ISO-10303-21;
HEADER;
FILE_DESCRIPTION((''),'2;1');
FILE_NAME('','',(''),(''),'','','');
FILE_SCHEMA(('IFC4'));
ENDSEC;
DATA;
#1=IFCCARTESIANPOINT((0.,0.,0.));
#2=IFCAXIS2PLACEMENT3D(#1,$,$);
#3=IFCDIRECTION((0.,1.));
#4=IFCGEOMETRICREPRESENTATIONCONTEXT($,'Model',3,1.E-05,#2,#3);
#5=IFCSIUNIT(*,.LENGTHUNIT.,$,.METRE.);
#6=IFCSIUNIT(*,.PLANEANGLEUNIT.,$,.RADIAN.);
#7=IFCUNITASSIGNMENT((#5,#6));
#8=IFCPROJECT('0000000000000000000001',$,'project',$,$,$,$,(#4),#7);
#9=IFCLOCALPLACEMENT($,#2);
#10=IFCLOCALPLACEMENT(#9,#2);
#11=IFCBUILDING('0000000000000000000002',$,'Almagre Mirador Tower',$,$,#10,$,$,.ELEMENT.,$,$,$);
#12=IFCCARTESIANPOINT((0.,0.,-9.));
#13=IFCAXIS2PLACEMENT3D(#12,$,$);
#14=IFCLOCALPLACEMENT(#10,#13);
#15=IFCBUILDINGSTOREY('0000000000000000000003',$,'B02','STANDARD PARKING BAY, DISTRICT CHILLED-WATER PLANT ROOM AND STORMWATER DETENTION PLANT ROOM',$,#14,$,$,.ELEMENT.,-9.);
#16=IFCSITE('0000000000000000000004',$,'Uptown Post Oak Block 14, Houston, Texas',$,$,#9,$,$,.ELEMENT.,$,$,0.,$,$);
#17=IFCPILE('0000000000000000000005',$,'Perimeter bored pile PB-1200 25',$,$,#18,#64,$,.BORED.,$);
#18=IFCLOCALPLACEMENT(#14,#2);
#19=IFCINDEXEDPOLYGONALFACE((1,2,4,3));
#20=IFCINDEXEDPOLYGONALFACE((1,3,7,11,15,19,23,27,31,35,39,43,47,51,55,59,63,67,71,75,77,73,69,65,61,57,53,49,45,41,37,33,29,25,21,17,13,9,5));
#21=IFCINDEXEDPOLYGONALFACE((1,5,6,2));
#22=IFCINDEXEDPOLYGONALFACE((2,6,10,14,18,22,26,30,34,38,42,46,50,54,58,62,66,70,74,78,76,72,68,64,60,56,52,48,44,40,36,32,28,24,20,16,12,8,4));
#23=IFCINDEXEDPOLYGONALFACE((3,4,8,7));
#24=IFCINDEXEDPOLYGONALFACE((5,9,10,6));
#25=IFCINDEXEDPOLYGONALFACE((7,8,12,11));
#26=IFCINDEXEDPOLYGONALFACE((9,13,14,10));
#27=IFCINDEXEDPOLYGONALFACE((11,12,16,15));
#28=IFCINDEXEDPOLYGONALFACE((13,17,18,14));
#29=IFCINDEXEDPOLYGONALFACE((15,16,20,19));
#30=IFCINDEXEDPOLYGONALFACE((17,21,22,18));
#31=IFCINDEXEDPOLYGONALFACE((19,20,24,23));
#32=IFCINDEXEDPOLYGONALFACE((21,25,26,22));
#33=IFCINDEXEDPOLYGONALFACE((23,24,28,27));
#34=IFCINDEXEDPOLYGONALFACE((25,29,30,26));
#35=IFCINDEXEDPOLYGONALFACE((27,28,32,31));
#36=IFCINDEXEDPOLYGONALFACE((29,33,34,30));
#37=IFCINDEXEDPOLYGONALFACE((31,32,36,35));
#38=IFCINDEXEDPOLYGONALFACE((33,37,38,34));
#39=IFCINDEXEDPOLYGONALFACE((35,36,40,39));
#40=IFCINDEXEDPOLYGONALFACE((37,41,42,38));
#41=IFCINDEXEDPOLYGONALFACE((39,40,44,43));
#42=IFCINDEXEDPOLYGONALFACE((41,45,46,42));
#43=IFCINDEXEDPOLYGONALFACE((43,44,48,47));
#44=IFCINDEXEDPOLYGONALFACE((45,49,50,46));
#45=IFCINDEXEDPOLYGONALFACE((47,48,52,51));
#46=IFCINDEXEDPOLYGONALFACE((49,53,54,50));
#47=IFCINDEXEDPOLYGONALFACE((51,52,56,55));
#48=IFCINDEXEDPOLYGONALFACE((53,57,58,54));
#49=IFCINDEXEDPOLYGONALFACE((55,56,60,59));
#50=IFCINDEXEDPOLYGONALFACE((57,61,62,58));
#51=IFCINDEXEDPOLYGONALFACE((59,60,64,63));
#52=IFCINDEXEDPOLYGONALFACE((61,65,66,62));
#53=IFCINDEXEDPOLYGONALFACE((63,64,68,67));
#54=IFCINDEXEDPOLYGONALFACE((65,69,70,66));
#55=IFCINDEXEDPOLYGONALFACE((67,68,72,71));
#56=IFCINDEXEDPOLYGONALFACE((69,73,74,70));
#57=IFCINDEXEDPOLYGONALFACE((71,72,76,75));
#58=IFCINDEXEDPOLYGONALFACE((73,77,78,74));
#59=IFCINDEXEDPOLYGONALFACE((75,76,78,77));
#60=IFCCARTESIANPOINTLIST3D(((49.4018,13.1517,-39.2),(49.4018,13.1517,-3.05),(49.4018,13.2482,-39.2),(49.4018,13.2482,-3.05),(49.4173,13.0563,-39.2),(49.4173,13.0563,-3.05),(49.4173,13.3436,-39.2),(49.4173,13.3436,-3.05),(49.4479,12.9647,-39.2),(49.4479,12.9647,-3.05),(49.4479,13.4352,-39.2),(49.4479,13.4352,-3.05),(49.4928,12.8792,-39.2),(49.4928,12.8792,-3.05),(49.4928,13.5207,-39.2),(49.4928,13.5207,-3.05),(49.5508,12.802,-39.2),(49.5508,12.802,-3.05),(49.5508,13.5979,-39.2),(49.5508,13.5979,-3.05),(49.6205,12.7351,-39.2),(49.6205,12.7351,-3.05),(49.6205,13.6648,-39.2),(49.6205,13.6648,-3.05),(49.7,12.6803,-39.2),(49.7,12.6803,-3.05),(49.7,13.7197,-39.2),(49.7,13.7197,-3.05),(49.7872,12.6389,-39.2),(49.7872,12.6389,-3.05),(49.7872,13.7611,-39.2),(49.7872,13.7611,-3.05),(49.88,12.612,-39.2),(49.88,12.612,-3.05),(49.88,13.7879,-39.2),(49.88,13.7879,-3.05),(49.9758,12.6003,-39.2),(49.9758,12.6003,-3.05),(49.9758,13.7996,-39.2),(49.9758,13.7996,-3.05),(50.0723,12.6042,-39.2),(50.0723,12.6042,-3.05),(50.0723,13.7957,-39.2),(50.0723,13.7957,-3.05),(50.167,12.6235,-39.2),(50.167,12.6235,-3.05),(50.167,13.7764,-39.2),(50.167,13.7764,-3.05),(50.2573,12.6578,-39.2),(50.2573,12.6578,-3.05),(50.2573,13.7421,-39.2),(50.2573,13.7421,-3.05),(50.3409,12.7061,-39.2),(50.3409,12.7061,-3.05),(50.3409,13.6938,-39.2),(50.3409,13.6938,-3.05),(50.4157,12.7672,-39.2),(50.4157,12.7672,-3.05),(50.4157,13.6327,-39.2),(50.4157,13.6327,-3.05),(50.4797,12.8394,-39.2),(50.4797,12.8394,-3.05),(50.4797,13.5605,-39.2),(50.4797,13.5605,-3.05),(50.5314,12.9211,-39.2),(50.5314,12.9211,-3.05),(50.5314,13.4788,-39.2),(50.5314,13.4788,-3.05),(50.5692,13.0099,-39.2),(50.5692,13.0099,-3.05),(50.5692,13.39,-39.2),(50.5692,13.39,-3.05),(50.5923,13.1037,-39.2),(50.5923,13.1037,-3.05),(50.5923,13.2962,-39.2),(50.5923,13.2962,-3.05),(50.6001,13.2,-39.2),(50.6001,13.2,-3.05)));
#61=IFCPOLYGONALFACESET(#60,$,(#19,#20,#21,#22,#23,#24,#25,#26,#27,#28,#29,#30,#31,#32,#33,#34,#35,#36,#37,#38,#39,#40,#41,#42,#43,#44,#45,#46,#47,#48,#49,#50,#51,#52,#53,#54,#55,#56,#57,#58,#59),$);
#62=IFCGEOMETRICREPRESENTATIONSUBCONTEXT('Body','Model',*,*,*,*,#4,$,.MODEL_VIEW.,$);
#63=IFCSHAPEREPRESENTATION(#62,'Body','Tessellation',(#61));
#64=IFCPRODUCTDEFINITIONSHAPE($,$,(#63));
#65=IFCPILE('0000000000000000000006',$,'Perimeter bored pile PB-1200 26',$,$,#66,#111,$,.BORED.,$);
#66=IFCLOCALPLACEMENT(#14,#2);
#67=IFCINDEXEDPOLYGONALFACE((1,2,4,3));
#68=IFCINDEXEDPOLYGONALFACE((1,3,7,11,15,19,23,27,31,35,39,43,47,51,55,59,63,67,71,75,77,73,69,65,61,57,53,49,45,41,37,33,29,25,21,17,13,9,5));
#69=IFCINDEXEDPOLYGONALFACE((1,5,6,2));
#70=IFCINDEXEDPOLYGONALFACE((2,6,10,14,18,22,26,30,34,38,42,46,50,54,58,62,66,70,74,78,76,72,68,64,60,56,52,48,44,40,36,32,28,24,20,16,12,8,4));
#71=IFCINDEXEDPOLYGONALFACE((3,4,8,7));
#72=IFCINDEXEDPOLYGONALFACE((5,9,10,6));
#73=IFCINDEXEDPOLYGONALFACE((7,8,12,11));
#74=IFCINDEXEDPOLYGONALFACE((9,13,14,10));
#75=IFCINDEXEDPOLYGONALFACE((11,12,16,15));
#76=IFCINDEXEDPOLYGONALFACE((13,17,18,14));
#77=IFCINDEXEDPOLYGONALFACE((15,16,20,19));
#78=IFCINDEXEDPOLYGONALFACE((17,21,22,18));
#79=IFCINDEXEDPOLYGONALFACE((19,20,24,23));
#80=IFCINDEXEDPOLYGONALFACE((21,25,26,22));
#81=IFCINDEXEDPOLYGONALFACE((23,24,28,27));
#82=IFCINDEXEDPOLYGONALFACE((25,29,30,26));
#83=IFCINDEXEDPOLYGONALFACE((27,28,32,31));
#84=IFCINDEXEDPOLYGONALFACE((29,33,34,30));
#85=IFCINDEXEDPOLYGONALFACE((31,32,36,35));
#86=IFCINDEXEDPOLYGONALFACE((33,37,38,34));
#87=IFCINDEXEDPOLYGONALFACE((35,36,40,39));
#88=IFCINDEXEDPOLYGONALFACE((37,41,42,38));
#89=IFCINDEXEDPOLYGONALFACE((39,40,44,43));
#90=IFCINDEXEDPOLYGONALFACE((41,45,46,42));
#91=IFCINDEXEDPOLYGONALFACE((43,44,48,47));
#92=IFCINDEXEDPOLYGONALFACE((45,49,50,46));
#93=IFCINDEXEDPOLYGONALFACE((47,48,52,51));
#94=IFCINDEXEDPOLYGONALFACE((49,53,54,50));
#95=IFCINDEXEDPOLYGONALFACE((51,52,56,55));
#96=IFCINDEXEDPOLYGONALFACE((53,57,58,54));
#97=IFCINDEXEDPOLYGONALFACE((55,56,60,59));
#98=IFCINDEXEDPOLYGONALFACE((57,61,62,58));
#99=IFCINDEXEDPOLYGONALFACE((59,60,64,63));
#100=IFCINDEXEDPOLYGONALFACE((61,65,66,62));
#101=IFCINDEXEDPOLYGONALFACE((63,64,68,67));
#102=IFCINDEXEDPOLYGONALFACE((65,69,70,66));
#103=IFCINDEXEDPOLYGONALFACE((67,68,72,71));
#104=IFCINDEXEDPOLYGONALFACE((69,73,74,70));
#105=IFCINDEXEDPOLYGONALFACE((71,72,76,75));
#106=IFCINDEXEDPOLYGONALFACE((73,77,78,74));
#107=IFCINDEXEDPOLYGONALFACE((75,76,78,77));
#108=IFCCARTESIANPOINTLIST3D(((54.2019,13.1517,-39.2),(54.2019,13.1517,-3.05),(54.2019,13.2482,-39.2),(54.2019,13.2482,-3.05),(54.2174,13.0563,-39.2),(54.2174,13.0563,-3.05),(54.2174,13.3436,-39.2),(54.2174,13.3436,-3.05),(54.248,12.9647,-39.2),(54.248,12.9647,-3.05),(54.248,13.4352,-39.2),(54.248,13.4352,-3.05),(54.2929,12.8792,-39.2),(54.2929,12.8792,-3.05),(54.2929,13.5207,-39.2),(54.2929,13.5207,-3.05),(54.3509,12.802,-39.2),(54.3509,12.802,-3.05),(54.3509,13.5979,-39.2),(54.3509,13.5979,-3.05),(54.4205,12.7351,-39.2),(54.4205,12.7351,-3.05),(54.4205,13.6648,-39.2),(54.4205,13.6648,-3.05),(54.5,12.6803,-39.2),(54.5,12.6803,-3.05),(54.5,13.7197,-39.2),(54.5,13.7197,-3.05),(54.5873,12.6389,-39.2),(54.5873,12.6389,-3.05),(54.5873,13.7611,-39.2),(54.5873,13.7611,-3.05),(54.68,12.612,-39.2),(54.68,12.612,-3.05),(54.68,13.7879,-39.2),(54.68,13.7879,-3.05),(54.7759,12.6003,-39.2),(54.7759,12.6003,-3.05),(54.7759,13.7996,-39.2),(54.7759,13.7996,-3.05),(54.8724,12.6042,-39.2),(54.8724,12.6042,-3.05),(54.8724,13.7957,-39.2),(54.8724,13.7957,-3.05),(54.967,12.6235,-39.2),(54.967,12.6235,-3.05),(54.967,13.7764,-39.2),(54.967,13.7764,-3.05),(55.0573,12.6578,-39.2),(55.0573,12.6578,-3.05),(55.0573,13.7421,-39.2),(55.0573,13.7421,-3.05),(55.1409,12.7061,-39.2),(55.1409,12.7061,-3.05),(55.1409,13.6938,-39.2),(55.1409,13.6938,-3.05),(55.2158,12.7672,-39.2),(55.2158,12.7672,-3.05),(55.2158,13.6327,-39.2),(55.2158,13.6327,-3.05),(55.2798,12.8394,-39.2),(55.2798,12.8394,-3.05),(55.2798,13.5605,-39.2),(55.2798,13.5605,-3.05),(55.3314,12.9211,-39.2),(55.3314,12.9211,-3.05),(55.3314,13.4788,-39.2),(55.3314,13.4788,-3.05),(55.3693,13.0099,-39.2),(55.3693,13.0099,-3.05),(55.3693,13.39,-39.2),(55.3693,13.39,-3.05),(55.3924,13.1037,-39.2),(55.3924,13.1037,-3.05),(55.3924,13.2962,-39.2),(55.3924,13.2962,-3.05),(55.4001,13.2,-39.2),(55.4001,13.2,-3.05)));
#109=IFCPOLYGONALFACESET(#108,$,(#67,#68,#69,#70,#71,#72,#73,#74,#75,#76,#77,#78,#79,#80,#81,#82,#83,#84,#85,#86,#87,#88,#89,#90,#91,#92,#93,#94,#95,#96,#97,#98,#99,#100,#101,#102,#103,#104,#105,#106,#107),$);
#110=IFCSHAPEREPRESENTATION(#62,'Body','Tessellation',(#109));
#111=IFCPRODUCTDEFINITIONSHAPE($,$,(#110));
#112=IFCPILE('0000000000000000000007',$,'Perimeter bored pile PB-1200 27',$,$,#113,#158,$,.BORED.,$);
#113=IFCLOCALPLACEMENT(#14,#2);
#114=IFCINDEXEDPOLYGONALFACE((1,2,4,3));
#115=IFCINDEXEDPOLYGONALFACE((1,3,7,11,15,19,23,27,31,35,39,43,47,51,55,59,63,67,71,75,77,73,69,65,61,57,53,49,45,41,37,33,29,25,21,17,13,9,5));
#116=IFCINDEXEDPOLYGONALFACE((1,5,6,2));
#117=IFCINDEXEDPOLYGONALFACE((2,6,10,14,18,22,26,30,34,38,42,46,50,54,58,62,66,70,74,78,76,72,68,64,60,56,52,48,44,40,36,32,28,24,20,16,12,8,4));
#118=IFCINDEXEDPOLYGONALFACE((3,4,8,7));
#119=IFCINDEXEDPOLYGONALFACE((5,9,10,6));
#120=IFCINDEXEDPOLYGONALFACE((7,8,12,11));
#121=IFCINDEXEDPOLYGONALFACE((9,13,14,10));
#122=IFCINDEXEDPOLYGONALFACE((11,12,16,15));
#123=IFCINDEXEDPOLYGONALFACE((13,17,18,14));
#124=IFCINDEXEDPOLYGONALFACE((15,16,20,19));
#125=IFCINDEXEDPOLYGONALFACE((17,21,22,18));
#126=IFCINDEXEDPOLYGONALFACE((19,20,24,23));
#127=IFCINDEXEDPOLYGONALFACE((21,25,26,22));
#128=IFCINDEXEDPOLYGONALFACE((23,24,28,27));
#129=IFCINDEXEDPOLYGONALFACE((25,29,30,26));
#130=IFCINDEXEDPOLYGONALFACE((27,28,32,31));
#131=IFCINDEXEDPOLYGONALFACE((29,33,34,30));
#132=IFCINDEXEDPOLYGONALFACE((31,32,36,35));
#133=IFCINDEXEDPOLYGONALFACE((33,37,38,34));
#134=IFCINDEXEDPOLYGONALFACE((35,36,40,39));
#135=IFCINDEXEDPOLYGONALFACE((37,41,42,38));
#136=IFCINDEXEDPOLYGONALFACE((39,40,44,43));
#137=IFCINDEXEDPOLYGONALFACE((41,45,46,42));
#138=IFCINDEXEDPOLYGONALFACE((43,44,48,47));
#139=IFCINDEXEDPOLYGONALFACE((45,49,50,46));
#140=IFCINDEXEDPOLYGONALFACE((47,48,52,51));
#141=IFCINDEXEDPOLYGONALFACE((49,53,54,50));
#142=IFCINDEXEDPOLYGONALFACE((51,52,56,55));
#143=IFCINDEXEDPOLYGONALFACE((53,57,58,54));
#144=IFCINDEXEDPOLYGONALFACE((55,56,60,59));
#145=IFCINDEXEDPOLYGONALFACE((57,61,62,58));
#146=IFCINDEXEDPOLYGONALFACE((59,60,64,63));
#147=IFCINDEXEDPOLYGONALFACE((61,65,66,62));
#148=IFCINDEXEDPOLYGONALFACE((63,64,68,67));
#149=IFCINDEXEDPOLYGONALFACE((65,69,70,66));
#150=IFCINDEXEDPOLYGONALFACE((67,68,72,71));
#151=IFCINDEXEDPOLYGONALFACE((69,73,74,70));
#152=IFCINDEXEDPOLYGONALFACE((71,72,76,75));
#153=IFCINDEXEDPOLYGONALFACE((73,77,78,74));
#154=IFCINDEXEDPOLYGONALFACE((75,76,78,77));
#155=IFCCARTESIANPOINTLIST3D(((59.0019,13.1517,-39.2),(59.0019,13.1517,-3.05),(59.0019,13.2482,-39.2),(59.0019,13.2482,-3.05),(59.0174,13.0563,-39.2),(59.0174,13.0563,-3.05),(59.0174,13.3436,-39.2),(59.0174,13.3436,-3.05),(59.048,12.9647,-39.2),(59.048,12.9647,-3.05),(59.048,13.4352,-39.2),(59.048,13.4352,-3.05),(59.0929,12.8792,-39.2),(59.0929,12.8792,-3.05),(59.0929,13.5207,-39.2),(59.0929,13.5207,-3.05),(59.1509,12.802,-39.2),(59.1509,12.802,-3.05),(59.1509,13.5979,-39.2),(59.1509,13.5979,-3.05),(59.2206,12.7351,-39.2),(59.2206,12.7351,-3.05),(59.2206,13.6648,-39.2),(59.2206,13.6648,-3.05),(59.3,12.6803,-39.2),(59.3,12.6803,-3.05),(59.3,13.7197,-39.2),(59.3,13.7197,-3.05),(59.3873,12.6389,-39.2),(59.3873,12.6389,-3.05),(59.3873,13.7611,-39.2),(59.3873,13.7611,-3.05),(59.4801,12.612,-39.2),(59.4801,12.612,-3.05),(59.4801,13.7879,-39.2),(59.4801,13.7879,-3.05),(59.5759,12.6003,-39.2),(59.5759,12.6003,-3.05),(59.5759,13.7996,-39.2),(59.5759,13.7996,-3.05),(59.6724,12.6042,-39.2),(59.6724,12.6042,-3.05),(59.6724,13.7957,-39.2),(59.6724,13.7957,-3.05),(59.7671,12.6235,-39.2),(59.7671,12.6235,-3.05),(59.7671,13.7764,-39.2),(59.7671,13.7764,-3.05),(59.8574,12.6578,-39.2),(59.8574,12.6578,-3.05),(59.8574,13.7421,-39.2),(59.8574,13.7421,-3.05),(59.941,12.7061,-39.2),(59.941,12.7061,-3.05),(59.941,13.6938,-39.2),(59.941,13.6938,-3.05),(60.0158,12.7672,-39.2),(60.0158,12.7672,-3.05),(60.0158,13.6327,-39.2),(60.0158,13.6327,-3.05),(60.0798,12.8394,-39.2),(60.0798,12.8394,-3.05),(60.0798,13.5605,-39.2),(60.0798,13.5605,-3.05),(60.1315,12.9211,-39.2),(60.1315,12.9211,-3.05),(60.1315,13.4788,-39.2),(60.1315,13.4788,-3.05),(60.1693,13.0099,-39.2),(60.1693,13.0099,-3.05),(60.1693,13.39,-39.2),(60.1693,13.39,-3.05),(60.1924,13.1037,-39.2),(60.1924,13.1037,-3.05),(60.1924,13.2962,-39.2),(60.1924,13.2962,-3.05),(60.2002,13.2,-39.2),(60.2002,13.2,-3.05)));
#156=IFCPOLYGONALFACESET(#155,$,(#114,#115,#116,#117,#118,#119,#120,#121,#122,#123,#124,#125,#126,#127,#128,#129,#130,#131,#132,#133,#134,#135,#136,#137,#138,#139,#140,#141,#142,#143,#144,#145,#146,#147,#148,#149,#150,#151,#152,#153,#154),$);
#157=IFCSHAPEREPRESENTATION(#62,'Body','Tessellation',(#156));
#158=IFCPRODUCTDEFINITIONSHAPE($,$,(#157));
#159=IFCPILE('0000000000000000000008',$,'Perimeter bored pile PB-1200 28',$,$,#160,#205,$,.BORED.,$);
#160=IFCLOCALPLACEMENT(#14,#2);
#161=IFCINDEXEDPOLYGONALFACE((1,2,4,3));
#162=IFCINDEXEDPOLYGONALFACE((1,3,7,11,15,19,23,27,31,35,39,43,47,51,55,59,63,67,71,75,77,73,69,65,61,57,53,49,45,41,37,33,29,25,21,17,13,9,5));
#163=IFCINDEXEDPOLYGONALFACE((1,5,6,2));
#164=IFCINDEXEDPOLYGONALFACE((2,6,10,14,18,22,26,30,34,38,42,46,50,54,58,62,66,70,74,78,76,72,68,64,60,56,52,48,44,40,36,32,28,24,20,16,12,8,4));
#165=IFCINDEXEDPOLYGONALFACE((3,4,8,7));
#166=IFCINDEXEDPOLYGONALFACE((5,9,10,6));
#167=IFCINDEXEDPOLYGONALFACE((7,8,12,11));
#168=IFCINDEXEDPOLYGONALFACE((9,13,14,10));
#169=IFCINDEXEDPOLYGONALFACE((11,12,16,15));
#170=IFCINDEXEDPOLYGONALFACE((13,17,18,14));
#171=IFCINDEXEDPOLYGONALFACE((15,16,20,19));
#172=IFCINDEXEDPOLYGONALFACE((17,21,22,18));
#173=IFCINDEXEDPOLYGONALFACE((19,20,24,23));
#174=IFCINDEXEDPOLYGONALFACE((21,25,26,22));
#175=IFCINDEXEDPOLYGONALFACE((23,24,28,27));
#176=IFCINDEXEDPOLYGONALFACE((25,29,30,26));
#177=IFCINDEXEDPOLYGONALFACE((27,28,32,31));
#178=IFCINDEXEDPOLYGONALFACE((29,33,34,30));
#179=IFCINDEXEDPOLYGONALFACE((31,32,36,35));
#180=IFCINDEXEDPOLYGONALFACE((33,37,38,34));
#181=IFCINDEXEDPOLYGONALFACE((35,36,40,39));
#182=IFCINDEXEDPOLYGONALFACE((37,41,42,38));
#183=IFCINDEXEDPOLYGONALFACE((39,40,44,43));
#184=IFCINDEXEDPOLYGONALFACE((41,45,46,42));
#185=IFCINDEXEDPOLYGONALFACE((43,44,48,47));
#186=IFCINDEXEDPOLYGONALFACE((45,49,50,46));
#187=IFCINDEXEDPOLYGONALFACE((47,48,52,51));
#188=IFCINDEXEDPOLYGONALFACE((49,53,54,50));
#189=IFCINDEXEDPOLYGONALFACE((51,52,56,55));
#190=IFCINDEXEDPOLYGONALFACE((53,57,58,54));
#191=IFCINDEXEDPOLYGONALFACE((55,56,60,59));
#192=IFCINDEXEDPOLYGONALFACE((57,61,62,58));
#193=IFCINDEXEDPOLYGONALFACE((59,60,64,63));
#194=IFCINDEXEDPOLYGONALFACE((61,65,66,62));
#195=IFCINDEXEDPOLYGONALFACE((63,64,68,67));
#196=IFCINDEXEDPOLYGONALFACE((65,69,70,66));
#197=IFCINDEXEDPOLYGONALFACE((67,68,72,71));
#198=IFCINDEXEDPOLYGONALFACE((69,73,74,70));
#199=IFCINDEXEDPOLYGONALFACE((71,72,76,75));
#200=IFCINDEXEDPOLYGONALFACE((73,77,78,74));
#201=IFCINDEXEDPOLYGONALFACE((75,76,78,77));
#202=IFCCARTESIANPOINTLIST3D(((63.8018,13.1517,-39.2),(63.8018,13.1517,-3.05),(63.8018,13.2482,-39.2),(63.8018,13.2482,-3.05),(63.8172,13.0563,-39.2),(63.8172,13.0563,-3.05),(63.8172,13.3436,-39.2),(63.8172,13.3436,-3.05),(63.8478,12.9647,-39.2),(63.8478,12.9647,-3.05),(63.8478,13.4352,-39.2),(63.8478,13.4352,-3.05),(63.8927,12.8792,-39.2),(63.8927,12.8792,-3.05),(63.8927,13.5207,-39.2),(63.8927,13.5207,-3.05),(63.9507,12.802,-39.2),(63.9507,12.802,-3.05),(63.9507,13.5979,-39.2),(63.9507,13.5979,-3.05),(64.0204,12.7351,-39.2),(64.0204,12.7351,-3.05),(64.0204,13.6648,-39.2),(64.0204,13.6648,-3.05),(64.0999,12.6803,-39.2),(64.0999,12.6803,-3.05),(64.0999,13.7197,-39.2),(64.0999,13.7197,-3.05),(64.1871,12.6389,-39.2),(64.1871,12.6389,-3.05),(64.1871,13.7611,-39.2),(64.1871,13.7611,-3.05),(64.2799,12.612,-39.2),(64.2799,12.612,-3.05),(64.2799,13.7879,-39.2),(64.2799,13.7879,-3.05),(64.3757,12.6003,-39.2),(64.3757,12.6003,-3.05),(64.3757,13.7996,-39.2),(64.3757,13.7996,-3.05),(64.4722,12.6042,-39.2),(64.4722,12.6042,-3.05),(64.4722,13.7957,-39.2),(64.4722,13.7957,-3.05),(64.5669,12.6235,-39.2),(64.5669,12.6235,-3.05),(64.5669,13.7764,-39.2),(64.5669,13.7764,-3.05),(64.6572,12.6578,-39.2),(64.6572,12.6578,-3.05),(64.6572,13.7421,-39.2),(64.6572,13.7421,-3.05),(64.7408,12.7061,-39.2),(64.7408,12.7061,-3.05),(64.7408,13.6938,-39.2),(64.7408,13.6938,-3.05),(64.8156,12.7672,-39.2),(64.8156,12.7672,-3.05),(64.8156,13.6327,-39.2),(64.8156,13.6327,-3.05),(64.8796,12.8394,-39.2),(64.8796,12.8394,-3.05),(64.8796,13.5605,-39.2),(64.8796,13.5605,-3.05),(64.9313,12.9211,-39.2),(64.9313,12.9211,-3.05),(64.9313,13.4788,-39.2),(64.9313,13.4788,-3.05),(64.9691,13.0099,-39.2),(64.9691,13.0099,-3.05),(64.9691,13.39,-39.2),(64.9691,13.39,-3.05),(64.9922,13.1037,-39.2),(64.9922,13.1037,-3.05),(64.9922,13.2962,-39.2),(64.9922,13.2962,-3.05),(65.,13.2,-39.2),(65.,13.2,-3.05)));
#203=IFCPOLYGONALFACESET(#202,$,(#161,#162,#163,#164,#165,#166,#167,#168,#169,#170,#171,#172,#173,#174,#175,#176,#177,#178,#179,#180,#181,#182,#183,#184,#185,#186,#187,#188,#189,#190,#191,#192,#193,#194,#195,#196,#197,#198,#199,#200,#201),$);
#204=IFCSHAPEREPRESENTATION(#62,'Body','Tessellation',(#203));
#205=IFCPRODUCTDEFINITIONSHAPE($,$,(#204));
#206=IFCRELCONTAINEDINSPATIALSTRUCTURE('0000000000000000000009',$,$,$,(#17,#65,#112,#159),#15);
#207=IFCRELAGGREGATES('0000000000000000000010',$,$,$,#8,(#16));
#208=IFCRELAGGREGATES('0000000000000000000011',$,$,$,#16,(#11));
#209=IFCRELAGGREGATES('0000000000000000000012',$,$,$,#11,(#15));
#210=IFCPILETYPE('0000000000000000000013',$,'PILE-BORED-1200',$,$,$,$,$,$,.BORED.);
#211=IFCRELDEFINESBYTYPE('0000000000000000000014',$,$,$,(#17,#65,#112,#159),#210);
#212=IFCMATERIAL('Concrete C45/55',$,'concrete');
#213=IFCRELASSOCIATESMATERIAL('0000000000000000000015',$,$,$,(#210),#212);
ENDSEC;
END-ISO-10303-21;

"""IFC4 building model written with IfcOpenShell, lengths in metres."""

from ifc_helpers import new_model, si_unit, direction, frame, origin, origin_2d, place, context, subcontext, project, spatial, circle, extrude, material, material_profile, profile_set, type_object, element, save


model = new_model("IFC4")

# Units and contexts
model_context = context("Model", 3, precision=1e-05, world=origin(), true_north=direction((0.0, 1.0)))
body_context = subcontext(model_context, "Body", "Model", "MODEL_VIEW")
ifc_project = project(units=[si_unit("LENGTHUNIT", "METRE"), si_unit("PLANEANGLEUNIT", "RADIAN")], contexts=[model_context])

# Site, building, storey
site_placement = place(None, origin())
site = spatial("IfcSite", under=ifc_project, at=site_placement, Name="Uptown Post Oak Block 14, Houston, Texas", CompositionType="ELEMENT", RefElevation=0.0)
building_placement = place(site_placement, origin())
building = spatial("IfcBuilding", under=site, at=building_placement, Name="Almagre Mirador Tower", CompositionType="ELEMENT")
storey_placement = place(building_placement, frame((0.0, 0.0, -9.0)))
storey = spatial("IfcBuildingStorey", under=building, at=storey_placement, Name="B02", Description="STANDARD PARKING BAY, DISTRICT CHILLED-WATER PLANT ROOM AND STORMWATER DETENTION PLANT ROOM", CompositionType="ELEMENT", Elevation=-9.0)

# Piles
ifc_material_1 = material(Name="Concrete C45/55", Category="concrete")
ifc_material_profile_1 = material_profile(ifc_material_1, circle(Radius=0.6001, at=origin_2d()), Name="PILE1200D")
ifc_profile_set_1 = profile_set([ifc_material_profile_1], Name="Concrete C45/55")
pile_type = type_object("IfcPileType", Name="PILE-BORED-1200", PredefinedType="BORED", material=ifc_profile_set_1)
for number, where, z_axis, x_axis, name in (
    (1, (50.0, 13.2, -3.05), (0.0, 0.0, -1.0), (1.0, 0.0, 0.0), "Perimeter bored pile PB-1200 25"),
    (2, (54.8, 13.2, -3.05), (0.0, 0.0, -1.0), (1.0, 0.0, 0.0), "Perimeter bored pile PB-1200 26"),
    (3, (59.6001, 13.2, -3.05), (0.0, 0.0, -1.0), (1.0, 0.0, 0.0), "Perimeter bored pile PB-1200 27"),
    (4, (64.3999, 13.2, -3.05), (0.0, 0.0, -1.0), (1.0, 0.0, 0.0), "Perimeter bored pile PB-1200 28"),
):
    element("IfcPile", number, at=place(storey_placement, frame(where, z_axis=z_axis, x_axis=x_axis)), inside=storey, type_object=pile_type, Name=name, PredefinedType="BORED", context=body_context, shape_type="SweptSolid", body=[
        extrude(circle(Radius=0.6001, at=origin_2d()), origin(), (0.0, 0.0, 1.0), 36.1499),
    ])

save(model, "model.ifc")
